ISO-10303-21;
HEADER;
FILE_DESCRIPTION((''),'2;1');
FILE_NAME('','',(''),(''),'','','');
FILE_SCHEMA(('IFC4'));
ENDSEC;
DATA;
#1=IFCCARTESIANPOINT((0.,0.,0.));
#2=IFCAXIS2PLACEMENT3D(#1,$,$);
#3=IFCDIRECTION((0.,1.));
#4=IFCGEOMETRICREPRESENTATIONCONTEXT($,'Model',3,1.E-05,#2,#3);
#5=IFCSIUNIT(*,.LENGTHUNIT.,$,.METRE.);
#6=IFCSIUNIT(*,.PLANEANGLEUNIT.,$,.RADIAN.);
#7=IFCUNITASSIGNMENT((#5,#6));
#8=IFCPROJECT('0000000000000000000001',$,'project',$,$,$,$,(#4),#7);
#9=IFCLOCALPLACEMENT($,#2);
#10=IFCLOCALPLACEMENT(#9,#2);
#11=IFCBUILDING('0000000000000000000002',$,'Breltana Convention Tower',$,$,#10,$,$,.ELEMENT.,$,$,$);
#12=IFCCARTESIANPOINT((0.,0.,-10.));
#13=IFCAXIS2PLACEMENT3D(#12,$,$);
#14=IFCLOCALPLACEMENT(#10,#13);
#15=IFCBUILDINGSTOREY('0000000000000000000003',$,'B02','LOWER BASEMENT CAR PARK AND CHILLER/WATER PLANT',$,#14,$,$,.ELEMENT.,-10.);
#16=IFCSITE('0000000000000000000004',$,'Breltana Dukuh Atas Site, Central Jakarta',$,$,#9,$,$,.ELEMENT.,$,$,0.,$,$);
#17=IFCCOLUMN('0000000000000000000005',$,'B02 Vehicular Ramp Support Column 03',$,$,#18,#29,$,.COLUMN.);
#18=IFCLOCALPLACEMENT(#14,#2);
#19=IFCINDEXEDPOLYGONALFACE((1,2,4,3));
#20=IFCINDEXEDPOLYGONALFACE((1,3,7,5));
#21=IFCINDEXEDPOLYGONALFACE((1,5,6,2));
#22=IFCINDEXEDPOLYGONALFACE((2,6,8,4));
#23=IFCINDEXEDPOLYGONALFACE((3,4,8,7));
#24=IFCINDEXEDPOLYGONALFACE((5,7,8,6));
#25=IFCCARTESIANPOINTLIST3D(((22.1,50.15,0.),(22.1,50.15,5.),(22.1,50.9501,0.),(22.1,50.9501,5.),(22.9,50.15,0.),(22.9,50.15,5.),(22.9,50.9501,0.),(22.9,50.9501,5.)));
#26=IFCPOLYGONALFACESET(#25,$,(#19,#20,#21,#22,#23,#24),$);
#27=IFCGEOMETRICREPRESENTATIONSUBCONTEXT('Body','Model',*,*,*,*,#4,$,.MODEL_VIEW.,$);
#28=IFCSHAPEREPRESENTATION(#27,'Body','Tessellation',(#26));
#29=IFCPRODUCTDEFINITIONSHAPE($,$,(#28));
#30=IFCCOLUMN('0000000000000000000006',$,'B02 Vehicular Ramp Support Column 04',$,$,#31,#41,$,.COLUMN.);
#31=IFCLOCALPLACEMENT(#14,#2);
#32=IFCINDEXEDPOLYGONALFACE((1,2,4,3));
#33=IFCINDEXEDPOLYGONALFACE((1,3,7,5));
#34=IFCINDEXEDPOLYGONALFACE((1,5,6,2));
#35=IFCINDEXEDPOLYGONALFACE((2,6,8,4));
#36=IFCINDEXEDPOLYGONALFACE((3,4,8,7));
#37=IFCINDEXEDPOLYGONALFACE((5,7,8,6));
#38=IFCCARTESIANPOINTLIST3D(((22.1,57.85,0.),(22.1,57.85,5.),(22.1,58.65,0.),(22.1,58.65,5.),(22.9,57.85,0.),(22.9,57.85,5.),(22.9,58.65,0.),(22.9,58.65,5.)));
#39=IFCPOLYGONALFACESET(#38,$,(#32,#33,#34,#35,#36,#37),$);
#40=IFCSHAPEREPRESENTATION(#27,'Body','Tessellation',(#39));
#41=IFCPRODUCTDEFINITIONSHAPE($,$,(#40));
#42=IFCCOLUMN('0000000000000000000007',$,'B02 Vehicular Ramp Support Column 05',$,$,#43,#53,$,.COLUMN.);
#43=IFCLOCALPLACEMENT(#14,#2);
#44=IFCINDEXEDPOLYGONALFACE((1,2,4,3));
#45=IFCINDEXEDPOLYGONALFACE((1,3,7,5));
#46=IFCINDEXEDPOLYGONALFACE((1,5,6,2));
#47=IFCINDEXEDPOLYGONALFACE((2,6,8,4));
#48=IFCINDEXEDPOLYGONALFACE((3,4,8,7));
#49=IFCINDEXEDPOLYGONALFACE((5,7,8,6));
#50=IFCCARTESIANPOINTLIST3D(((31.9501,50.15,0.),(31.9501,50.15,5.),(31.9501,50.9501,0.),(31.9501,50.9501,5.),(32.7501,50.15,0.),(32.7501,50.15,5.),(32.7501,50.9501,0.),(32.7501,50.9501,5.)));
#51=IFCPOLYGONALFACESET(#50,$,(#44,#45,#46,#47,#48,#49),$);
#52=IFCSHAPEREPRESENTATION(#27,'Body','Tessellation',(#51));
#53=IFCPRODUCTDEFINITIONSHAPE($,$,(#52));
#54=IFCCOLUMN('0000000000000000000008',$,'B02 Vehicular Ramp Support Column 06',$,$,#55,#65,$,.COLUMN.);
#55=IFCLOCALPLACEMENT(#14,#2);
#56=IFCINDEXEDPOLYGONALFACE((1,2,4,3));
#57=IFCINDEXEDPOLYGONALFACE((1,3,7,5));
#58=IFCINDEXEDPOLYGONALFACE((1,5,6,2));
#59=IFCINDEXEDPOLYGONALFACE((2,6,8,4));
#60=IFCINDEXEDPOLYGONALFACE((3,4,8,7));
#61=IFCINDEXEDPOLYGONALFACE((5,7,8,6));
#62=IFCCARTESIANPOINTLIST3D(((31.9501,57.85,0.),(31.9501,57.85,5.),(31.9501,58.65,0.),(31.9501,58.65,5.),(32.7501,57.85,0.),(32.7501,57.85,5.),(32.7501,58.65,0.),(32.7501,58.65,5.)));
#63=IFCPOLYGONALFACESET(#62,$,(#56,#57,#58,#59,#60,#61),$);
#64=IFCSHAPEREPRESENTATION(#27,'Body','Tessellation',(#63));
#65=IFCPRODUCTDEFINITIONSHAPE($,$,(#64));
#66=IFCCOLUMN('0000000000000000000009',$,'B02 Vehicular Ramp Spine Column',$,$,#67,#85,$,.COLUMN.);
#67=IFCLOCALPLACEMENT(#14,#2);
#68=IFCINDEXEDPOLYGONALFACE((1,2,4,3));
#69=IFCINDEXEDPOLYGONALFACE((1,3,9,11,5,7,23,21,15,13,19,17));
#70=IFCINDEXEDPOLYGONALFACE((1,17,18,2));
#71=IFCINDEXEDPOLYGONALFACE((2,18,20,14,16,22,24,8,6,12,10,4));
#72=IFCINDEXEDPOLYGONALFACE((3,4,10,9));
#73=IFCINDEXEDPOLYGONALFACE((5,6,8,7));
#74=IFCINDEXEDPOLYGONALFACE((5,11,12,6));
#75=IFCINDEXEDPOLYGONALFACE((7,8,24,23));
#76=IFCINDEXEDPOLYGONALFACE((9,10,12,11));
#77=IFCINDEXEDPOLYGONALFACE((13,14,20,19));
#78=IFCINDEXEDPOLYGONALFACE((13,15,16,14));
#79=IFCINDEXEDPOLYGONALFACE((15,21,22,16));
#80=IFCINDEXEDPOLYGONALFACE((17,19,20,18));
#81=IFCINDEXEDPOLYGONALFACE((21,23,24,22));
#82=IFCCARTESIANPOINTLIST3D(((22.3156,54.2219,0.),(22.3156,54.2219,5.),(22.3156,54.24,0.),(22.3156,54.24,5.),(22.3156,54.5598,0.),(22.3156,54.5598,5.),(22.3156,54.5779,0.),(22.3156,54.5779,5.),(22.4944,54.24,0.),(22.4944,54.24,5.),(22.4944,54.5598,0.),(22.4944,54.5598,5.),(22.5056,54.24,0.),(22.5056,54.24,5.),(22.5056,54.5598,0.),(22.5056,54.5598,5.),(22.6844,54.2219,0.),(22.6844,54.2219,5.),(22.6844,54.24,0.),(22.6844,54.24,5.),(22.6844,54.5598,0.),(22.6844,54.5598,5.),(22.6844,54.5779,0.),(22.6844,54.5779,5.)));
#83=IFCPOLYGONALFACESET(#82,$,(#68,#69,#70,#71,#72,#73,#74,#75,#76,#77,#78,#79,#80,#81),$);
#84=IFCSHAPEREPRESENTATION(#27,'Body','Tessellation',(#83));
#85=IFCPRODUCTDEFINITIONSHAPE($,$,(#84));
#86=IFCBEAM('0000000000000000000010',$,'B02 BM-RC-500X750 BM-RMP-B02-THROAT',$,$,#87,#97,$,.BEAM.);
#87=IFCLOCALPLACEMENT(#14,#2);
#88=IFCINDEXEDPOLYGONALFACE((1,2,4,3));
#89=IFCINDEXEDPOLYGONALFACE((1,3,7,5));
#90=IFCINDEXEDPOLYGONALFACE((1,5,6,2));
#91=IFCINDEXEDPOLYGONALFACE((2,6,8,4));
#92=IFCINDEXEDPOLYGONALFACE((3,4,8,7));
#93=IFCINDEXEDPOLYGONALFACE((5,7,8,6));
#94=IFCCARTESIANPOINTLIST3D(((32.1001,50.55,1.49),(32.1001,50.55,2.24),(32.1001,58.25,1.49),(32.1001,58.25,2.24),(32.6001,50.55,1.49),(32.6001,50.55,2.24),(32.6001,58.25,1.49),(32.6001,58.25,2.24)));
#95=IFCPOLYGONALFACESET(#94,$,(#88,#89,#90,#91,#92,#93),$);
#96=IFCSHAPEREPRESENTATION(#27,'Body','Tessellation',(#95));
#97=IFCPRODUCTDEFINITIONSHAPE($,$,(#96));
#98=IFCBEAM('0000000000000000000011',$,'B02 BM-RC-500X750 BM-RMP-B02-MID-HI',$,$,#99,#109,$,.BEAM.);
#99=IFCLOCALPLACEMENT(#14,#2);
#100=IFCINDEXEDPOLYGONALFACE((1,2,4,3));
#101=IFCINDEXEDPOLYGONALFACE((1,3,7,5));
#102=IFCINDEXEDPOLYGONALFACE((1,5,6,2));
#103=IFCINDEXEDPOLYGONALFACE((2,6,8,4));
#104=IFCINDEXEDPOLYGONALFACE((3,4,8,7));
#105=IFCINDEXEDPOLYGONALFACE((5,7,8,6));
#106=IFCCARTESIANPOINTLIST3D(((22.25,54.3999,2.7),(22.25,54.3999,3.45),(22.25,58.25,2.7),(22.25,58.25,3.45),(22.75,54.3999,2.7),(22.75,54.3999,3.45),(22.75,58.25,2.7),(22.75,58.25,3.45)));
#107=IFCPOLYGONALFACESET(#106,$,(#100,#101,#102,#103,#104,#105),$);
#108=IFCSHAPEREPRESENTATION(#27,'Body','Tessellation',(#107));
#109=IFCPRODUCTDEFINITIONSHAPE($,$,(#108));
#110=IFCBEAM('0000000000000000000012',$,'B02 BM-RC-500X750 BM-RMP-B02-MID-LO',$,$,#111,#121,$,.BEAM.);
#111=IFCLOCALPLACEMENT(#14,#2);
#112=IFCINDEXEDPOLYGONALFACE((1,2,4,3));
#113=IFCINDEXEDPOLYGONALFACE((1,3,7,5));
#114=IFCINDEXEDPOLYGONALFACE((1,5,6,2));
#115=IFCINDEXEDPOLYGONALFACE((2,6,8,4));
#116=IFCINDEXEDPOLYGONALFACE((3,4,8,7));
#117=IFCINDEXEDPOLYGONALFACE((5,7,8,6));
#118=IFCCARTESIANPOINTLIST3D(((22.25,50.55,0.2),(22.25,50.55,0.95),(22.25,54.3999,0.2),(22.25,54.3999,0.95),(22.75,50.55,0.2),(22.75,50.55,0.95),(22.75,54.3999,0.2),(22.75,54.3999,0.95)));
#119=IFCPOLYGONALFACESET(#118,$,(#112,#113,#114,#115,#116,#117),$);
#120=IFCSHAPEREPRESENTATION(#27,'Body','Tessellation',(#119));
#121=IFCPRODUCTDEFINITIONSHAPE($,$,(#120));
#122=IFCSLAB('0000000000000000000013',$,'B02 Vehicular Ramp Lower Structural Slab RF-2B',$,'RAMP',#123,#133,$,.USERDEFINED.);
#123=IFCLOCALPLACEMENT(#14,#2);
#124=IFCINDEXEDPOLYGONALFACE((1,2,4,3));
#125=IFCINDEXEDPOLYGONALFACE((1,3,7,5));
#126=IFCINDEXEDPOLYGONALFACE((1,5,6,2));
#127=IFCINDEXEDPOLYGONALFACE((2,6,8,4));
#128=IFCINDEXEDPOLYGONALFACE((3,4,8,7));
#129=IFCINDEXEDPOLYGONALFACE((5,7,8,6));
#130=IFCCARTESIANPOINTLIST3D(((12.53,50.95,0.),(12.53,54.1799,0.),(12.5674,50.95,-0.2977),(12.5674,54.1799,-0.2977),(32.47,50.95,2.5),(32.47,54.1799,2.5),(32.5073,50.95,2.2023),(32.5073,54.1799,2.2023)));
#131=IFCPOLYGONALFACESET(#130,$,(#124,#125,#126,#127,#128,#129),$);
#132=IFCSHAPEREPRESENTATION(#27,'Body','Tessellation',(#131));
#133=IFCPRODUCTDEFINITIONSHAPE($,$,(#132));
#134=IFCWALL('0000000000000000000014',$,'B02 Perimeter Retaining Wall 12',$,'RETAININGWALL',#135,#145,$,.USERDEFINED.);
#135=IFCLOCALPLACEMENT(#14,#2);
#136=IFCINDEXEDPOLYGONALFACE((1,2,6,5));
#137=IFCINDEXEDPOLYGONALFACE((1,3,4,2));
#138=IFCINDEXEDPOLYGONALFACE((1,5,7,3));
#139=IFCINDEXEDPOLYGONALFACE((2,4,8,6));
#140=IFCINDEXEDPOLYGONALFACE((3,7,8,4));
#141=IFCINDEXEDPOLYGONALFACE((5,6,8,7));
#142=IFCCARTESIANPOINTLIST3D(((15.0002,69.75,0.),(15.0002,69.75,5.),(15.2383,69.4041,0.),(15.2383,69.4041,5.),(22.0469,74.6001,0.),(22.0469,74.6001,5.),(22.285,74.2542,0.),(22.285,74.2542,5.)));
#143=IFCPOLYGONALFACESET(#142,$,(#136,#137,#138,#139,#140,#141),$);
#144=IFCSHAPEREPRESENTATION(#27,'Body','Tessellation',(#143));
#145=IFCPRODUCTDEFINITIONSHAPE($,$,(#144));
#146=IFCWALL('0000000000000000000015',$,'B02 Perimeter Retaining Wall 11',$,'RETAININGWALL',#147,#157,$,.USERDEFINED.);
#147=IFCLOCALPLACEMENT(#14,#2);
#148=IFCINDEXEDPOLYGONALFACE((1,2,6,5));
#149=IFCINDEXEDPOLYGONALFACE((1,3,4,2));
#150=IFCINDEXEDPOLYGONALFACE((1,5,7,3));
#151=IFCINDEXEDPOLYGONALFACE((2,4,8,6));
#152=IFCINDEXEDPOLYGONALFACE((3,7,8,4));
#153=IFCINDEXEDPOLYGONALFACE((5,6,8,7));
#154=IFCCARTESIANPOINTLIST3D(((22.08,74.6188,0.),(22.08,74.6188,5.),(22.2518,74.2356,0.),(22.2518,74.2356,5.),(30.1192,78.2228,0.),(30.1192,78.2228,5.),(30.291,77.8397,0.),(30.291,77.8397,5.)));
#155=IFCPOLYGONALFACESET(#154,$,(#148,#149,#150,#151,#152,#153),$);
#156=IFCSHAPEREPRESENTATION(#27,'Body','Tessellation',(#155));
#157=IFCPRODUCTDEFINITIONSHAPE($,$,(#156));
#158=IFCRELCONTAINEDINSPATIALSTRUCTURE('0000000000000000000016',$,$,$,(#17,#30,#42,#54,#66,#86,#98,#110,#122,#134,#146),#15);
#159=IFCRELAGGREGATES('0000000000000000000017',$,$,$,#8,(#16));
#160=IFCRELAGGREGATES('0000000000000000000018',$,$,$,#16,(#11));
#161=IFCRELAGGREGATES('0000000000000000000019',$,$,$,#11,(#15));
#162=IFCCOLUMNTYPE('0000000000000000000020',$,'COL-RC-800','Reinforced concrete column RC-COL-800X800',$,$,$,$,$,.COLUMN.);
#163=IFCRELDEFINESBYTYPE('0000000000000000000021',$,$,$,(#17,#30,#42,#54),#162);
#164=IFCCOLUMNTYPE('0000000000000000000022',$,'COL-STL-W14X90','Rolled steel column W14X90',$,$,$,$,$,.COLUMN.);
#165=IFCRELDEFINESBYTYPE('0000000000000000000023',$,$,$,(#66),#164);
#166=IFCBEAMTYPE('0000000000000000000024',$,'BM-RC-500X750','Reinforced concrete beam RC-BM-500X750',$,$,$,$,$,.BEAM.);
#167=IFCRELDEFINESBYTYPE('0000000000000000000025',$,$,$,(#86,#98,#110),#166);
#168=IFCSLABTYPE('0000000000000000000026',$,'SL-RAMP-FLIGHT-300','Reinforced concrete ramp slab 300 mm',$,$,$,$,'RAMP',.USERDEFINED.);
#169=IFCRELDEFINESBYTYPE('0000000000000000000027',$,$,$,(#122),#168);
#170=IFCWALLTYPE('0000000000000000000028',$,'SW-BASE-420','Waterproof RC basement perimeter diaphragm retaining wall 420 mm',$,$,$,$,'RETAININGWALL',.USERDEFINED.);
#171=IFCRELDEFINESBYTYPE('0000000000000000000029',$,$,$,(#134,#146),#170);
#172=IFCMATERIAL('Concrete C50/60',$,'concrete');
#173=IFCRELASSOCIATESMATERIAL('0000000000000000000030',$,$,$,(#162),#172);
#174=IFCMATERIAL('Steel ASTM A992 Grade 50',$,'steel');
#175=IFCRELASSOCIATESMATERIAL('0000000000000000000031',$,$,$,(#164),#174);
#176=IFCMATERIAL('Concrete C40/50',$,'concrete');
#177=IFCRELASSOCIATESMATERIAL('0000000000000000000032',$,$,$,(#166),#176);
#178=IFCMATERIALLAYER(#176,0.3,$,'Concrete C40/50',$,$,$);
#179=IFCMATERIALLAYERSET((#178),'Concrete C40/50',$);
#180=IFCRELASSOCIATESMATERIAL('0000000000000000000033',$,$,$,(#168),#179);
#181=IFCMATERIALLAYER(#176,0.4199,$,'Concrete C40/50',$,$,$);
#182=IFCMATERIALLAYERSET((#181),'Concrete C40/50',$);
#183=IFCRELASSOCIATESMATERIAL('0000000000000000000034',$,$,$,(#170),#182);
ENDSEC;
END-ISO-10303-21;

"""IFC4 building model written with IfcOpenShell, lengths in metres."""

from ifc_helpers import new_model, si_unit, direction, frame, frame_2d, origin, origin_2d, place, context, subcontext, project, spatial, polyline, rectangle, i_section, outline, extrude, source, transform, mapped, material, layer, layer_set, material_profile, profile_set, type_object, type_shapes, element, save


model = new_model("IFC4")

# Units and contexts
model_context = context("Model", 3, precision=1e-05, world=origin(), true_north=direction((0.0, 1.0)))
body_context = subcontext(model_context, "Body", "Model", "MODEL_VIEW")
ifc_project = project(units=[si_unit("LENGTHUNIT", "METRE"), si_unit("PLANEANGLEUNIT", "RADIAN")], contexts=[model_context])

# Site, building, storey
site_placement = place(None, origin())
site = spatial("IfcSite", under=ifc_project, at=site_placement, Name="Breltana Dukuh Atas Site, Central Jakarta", CompositionType="ELEMENT", RefElevation=0.0)
building_placement = place(site_placement, origin())
building = spatial("IfcBuilding", under=site, at=building_placement, Name="Breltana Convention Tower", CompositionType="ELEMENT")
storey_placement = place(building_placement, frame((0.0, 0.0, -10.0)))
storey = spatial("IfcBuildingStorey", under=building, at=storey_placement, Name="B02", Description="LOWER BASEMENT CAR PARK AND CHILLER/WATER PLANT", CompositionType="ELEMENT", Elevation=-10.0)

# Shared definitions
ifc_material_1 = material(Name="Concrete C40/50", Category="concrete")

# Columns
ifc_material_2 = material(Name="Concrete C50/60", Category="concrete")
ifc_material_profile_1 = material_profile(ifc_material_2, rectangle(XDim=0.8, YDim=0.8, at=origin_2d()), Name="RC-COL-800X800")
ifc_profile_set_1 = profile_set([ifc_material_profile_1], Name="Concrete C50/60")
column_type_1 = type_object("IfcColumnType", Name="COL-RC-800", Description="Reinforced concrete column RC-COL-800X800", PredefinedType="COLUMN", material=ifc_profile_set_1)
shared_shape_1 = source(origin(), body_context, "Body", "SweptSolid", [
    extrude(rectangle(XDim=0.8, YDim=0.8, at=origin_2d()), origin(), (0.0, 0.0, 1.0), 5.0),
])
type_shapes(column_type_1, [shared_shape_1])
for number, where, z_axis, x_axis, name in (
    (1, (22.5, 50.55, 0.0), (0.0, 0.0, 1.0), (1.0, 0.0, 0.0), "B02 Vehicular Ramp Support Column 03"),
    (2, (22.5, 58.25, 0.0), (0.0, 0.0, 1.0), (1.0, 0.0, 0.0), "B02 Vehicular Ramp Support Column 04"),
    (3, (32.3501, 50.55, 0.0), (0.0, 0.0, 1.0), (1.0, 0.0, 0.0), "B02 Vehicular Ramp Support Column 05"),
    (4, (32.3501, 58.25, 0.0), (0.0, 0.0, 1.0), (1.0, 0.0, 0.0), "B02 Vehicular Ramp Support Column 06"),
):
    element("IfcColumn", number, at=place(storey_placement, frame(where, z_axis=z_axis, x_axis=x_axis)), inside=storey, type_object=column_type_1, Name=name, PredefinedType="COLUMN", context=body_context, shape_type="MappedRepresentation", body=[
        mapped(shared_shape_1, transform((0.0, 0.0, 0.0), scale=1.0)),
    ])
ifc_material_3 = material(Name="Steel ASTM A992 Grade 50", Category="steel")
ifc_material_profile_2 = material_profile(ifc_material_3, i_section(OverallWidth=0.3689, OverallDepth=0.356, WebThickness=0.0112, FlangeThickness=0.0181, at=origin_2d()), Name="W14X90")
ifc_profile_set_2 = profile_set([ifc_material_profile_2], Name="Steel ASTM A992 Grade 50")
column_type_2 = type_object("IfcColumnType", Name="COL-STL-W14X90", Description="Rolled steel column W14X90", PredefinedType="COLUMN", material=ifc_profile_set_2)
shared_shape_2 = source(origin(), body_context, "Body", "SweptSolid", [
    extrude(i_section(OverallWidth=0.3689, OverallDepth=0.356, WebThickness=0.0112, FlangeThickness=0.0181, at=origin_2d()), origin(), (0.0, 0.0, 1.0), 5.0),
])
column_placement = place(storey_placement, frame((22.5, 54.3999, 0.0), z_axis=(0.0, 0.0, 1.0), x_axis=(1.0, 0.0, 0.0)))
element("IfcColumn", 5, at=column_placement, inside=storey, type_object=column_type_2, Name="B02 Vehicular Ramp Spine Column", PredefinedType="COLUMN", context=body_context, shape_type="MappedRepresentation", body=[
    mapped(shared_shape_2, transform((0.0, 0.0, 0.0), scale=1.0)),
])

# Beams
ifc_material_profile_3 = material_profile(ifc_material_1, rectangle(XDim=0.5, YDim=0.75, at=origin_2d()), Name="RC-BM-500X750")
ifc_profile_set_3 = profile_set([ifc_material_profile_3], Name="Concrete C40/50")
beam_type = type_object("IfcBeamType", Name="BM-RC-500X750", Description="Reinforced concrete beam RC-BM-500X750", PredefinedType="BEAM", material=ifc_profile_set_3)
shared_shape_3 = source(origin(), body_context, "Body", "SweptSolid", [
    extrude(rectangle(XDim=0.5, YDim=0.75, at=origin_2d()), origin(), (0.0, 0.0, 1.0), 7.7),
])
beam_1_placement = place(storey_placement, frame((32.3501, 50.55, 1.865), z_axis=(0.0, 1.0, 0.0), x_axis=(-1.0, 0.0, 0.0)))
element("IfcBeam", 6, at=beam_1_placement, inside=storey, type_object=beam_type, Name="B02 BM-RC-500X750 BM-RMP-B02-THROAT", PredefinedType="BEAM", context=body_context, shape_type="MappedRepresentation", body=[
    mapped(shared_shape_3, transform((0.0, 0.0, 0.0), scale=1.0)),
])
shared_shape_4 = source(origin(), body_context, "Body", "SweptSolid", [
    extrude(rectangle(XDim=0.5, YDim=0.75, at=origin_2d()), origin(), (0.0, 0.0, 1.0), 3.8501),
])
beam_2_placement = place(storey_placement, frame((22.5, 54.3999, 3.075), z_axis=(0.0, 1.0, 0.0), x_axis=(-1.0, 0.0, 0.0)))
element("IfcBeam", 7, at=beam_2_placement, inside=storey, type_object=beam_type, Name="B02 BM-RC-500X750 BM-RMP-B02-MID-HI", PredefinedType="BEAM", context=body_context, shape_type="MappedRepresentation", body=[
    mapped(shared_shape_4, transform((0.0, 0.0, 0.0), scale=1.0)),
])
shared_shape_5 = source(origin(), body_context, "Body", "SweptSolid", [
    extrude(rectangle(XDim=0.5, YDim=0.75, at=origin_2d()), origin(), (0.0, 0.0, 1.0), 3.8499),
])
beam_3_placement = place(storey_placement, frame((22.5, 50.55, 0.575), z_axis=(0.0, 1.0, 0.0), x_axis=(-1.0, 0.0, 0.0)))
element("IfcBeam", 8, at=beam_3_placement, inside=storey, type_object=beam_type, Name="B02 BM-RC-500X750 BM-RMP-B02-MID-LO", PredefinedType="BEAM", context=body_context, shape_type="MappedRepresentation", body=[
    mapped(shared_shape_5, transform((0.0, 0.0, 0.0), scale=1.0)),
])

# Slab
ifc_layer_1 = layer(ifc_material_1, 0.3, Name="Concrete C40/50")
ifc_layer_set_1 = layer_set([ifc_layer_1], Name="Concrete C40/50")
slab_type = type_object("IfcSlabType", Name="SL-RAMP-FLIGHT-300", Description="Reinforced concrete ramp slab 300 mm", ElementType="RAMP", PredefinedType="USERDEFINED", material=ifc_layer_set_1)
slab_placement = place(storey_placement, frame((32.47, 50.95, 2.5), z_axis=(-0.124403, 0.0, 0.992232), x_axis=(-0.992232, 0.0, -0.124403)))
element("IfcSlab", 9, at=slab_placement, inside=storey, type_object=slab_type, Name="B02 Vehicular Ramp Lower Structural Slab RF-2B", ObjectType="RAMP", PredefinedType="USERDEFINED", context=body_context, shape_type="SweptSolid", body=[
    extrude(outline(polyline([(0.0, 0.0), (20.0961, 0.0), (20.0961, -3.23), (0.0, -3.23), (0.0, 0.0)])), origin(), (0.0, 0.0, -1.0), 0.3),
])

# Walls
ifc_layer_2 = layer(ifc_material_1, 0.4199, Name="Concrete C40/50")
ifc_layer_set_2 = layer_set([ifc_layer_2], Name="Concrete C40/50")
wall_type = type_object("IfcWallType", Name="SW-BASE-420", Description="Waterproof RC basement perimeter diaphragm retaining wall 420 mm", ElementType="RETAININGWALL", PredefinedType="USERDEFINED", material=ifc_layer_set_2)
shared_shape_6 = source(origin(), body_context, "Body", "SweptSolid", [
    extrude(rectangle(XDim=8.5544, YDim=0.4199, at=frame_2d((4.2773, 0.0))), origin(), (0.0, 0.0, 1.0), 5.0),
])
wall_1_placement = place(storey_placement, frame((22.166, 74.4272, 0.0), z_axis=(0.0, 0.0, 1.0), x_axis=(-0.82374, -0.566968, 0.0)))
element("IfcWall", 10, at=wall_1_placement, inside=storey, type_object=wall_type, Name="B02 Perimeter Retaining Wall 12", ObjectType="RETAININGWALL", PredefinedType="USERDEFINED", context=body_context, shape_type="MappedRepresentation", body=[
    mapped(shared_shape_6, transform((0.0, 0.0, 0.0), scale=1.0)),
])
shared_shape_7 = source(origin(), body_context, "Body", "SweptSolid", [
    extrude(rectangle(XDim=8.8101, YDim=0.4199, at=frame_2d((4.405, 0.0))), origin(), (0.0, 0.0, 1.0), 5.0),
])
wall_2_placement = place(storey_placement, frame((30.2051, 78.0312, 0.0), z_axis=(0.0, 0.0, 1.0), x_axis=(-0.912497, -0.409083, 0.0)))
element("IfcWall", 11, at=wall_2_placement, inside=storey, type_object=wall_type, Name="B02 Perimeter Retaining Wall 11", ObjectType="RETAININGWALL", PredefinedType="USERDEFINED", context=body_context, shape_type="MappedRepresentation", body=[
    mapped(shared_shape_7, transform((0.0, 0.0, 0.0), scale=1.0)),
])

save(model, "model.ifc")
